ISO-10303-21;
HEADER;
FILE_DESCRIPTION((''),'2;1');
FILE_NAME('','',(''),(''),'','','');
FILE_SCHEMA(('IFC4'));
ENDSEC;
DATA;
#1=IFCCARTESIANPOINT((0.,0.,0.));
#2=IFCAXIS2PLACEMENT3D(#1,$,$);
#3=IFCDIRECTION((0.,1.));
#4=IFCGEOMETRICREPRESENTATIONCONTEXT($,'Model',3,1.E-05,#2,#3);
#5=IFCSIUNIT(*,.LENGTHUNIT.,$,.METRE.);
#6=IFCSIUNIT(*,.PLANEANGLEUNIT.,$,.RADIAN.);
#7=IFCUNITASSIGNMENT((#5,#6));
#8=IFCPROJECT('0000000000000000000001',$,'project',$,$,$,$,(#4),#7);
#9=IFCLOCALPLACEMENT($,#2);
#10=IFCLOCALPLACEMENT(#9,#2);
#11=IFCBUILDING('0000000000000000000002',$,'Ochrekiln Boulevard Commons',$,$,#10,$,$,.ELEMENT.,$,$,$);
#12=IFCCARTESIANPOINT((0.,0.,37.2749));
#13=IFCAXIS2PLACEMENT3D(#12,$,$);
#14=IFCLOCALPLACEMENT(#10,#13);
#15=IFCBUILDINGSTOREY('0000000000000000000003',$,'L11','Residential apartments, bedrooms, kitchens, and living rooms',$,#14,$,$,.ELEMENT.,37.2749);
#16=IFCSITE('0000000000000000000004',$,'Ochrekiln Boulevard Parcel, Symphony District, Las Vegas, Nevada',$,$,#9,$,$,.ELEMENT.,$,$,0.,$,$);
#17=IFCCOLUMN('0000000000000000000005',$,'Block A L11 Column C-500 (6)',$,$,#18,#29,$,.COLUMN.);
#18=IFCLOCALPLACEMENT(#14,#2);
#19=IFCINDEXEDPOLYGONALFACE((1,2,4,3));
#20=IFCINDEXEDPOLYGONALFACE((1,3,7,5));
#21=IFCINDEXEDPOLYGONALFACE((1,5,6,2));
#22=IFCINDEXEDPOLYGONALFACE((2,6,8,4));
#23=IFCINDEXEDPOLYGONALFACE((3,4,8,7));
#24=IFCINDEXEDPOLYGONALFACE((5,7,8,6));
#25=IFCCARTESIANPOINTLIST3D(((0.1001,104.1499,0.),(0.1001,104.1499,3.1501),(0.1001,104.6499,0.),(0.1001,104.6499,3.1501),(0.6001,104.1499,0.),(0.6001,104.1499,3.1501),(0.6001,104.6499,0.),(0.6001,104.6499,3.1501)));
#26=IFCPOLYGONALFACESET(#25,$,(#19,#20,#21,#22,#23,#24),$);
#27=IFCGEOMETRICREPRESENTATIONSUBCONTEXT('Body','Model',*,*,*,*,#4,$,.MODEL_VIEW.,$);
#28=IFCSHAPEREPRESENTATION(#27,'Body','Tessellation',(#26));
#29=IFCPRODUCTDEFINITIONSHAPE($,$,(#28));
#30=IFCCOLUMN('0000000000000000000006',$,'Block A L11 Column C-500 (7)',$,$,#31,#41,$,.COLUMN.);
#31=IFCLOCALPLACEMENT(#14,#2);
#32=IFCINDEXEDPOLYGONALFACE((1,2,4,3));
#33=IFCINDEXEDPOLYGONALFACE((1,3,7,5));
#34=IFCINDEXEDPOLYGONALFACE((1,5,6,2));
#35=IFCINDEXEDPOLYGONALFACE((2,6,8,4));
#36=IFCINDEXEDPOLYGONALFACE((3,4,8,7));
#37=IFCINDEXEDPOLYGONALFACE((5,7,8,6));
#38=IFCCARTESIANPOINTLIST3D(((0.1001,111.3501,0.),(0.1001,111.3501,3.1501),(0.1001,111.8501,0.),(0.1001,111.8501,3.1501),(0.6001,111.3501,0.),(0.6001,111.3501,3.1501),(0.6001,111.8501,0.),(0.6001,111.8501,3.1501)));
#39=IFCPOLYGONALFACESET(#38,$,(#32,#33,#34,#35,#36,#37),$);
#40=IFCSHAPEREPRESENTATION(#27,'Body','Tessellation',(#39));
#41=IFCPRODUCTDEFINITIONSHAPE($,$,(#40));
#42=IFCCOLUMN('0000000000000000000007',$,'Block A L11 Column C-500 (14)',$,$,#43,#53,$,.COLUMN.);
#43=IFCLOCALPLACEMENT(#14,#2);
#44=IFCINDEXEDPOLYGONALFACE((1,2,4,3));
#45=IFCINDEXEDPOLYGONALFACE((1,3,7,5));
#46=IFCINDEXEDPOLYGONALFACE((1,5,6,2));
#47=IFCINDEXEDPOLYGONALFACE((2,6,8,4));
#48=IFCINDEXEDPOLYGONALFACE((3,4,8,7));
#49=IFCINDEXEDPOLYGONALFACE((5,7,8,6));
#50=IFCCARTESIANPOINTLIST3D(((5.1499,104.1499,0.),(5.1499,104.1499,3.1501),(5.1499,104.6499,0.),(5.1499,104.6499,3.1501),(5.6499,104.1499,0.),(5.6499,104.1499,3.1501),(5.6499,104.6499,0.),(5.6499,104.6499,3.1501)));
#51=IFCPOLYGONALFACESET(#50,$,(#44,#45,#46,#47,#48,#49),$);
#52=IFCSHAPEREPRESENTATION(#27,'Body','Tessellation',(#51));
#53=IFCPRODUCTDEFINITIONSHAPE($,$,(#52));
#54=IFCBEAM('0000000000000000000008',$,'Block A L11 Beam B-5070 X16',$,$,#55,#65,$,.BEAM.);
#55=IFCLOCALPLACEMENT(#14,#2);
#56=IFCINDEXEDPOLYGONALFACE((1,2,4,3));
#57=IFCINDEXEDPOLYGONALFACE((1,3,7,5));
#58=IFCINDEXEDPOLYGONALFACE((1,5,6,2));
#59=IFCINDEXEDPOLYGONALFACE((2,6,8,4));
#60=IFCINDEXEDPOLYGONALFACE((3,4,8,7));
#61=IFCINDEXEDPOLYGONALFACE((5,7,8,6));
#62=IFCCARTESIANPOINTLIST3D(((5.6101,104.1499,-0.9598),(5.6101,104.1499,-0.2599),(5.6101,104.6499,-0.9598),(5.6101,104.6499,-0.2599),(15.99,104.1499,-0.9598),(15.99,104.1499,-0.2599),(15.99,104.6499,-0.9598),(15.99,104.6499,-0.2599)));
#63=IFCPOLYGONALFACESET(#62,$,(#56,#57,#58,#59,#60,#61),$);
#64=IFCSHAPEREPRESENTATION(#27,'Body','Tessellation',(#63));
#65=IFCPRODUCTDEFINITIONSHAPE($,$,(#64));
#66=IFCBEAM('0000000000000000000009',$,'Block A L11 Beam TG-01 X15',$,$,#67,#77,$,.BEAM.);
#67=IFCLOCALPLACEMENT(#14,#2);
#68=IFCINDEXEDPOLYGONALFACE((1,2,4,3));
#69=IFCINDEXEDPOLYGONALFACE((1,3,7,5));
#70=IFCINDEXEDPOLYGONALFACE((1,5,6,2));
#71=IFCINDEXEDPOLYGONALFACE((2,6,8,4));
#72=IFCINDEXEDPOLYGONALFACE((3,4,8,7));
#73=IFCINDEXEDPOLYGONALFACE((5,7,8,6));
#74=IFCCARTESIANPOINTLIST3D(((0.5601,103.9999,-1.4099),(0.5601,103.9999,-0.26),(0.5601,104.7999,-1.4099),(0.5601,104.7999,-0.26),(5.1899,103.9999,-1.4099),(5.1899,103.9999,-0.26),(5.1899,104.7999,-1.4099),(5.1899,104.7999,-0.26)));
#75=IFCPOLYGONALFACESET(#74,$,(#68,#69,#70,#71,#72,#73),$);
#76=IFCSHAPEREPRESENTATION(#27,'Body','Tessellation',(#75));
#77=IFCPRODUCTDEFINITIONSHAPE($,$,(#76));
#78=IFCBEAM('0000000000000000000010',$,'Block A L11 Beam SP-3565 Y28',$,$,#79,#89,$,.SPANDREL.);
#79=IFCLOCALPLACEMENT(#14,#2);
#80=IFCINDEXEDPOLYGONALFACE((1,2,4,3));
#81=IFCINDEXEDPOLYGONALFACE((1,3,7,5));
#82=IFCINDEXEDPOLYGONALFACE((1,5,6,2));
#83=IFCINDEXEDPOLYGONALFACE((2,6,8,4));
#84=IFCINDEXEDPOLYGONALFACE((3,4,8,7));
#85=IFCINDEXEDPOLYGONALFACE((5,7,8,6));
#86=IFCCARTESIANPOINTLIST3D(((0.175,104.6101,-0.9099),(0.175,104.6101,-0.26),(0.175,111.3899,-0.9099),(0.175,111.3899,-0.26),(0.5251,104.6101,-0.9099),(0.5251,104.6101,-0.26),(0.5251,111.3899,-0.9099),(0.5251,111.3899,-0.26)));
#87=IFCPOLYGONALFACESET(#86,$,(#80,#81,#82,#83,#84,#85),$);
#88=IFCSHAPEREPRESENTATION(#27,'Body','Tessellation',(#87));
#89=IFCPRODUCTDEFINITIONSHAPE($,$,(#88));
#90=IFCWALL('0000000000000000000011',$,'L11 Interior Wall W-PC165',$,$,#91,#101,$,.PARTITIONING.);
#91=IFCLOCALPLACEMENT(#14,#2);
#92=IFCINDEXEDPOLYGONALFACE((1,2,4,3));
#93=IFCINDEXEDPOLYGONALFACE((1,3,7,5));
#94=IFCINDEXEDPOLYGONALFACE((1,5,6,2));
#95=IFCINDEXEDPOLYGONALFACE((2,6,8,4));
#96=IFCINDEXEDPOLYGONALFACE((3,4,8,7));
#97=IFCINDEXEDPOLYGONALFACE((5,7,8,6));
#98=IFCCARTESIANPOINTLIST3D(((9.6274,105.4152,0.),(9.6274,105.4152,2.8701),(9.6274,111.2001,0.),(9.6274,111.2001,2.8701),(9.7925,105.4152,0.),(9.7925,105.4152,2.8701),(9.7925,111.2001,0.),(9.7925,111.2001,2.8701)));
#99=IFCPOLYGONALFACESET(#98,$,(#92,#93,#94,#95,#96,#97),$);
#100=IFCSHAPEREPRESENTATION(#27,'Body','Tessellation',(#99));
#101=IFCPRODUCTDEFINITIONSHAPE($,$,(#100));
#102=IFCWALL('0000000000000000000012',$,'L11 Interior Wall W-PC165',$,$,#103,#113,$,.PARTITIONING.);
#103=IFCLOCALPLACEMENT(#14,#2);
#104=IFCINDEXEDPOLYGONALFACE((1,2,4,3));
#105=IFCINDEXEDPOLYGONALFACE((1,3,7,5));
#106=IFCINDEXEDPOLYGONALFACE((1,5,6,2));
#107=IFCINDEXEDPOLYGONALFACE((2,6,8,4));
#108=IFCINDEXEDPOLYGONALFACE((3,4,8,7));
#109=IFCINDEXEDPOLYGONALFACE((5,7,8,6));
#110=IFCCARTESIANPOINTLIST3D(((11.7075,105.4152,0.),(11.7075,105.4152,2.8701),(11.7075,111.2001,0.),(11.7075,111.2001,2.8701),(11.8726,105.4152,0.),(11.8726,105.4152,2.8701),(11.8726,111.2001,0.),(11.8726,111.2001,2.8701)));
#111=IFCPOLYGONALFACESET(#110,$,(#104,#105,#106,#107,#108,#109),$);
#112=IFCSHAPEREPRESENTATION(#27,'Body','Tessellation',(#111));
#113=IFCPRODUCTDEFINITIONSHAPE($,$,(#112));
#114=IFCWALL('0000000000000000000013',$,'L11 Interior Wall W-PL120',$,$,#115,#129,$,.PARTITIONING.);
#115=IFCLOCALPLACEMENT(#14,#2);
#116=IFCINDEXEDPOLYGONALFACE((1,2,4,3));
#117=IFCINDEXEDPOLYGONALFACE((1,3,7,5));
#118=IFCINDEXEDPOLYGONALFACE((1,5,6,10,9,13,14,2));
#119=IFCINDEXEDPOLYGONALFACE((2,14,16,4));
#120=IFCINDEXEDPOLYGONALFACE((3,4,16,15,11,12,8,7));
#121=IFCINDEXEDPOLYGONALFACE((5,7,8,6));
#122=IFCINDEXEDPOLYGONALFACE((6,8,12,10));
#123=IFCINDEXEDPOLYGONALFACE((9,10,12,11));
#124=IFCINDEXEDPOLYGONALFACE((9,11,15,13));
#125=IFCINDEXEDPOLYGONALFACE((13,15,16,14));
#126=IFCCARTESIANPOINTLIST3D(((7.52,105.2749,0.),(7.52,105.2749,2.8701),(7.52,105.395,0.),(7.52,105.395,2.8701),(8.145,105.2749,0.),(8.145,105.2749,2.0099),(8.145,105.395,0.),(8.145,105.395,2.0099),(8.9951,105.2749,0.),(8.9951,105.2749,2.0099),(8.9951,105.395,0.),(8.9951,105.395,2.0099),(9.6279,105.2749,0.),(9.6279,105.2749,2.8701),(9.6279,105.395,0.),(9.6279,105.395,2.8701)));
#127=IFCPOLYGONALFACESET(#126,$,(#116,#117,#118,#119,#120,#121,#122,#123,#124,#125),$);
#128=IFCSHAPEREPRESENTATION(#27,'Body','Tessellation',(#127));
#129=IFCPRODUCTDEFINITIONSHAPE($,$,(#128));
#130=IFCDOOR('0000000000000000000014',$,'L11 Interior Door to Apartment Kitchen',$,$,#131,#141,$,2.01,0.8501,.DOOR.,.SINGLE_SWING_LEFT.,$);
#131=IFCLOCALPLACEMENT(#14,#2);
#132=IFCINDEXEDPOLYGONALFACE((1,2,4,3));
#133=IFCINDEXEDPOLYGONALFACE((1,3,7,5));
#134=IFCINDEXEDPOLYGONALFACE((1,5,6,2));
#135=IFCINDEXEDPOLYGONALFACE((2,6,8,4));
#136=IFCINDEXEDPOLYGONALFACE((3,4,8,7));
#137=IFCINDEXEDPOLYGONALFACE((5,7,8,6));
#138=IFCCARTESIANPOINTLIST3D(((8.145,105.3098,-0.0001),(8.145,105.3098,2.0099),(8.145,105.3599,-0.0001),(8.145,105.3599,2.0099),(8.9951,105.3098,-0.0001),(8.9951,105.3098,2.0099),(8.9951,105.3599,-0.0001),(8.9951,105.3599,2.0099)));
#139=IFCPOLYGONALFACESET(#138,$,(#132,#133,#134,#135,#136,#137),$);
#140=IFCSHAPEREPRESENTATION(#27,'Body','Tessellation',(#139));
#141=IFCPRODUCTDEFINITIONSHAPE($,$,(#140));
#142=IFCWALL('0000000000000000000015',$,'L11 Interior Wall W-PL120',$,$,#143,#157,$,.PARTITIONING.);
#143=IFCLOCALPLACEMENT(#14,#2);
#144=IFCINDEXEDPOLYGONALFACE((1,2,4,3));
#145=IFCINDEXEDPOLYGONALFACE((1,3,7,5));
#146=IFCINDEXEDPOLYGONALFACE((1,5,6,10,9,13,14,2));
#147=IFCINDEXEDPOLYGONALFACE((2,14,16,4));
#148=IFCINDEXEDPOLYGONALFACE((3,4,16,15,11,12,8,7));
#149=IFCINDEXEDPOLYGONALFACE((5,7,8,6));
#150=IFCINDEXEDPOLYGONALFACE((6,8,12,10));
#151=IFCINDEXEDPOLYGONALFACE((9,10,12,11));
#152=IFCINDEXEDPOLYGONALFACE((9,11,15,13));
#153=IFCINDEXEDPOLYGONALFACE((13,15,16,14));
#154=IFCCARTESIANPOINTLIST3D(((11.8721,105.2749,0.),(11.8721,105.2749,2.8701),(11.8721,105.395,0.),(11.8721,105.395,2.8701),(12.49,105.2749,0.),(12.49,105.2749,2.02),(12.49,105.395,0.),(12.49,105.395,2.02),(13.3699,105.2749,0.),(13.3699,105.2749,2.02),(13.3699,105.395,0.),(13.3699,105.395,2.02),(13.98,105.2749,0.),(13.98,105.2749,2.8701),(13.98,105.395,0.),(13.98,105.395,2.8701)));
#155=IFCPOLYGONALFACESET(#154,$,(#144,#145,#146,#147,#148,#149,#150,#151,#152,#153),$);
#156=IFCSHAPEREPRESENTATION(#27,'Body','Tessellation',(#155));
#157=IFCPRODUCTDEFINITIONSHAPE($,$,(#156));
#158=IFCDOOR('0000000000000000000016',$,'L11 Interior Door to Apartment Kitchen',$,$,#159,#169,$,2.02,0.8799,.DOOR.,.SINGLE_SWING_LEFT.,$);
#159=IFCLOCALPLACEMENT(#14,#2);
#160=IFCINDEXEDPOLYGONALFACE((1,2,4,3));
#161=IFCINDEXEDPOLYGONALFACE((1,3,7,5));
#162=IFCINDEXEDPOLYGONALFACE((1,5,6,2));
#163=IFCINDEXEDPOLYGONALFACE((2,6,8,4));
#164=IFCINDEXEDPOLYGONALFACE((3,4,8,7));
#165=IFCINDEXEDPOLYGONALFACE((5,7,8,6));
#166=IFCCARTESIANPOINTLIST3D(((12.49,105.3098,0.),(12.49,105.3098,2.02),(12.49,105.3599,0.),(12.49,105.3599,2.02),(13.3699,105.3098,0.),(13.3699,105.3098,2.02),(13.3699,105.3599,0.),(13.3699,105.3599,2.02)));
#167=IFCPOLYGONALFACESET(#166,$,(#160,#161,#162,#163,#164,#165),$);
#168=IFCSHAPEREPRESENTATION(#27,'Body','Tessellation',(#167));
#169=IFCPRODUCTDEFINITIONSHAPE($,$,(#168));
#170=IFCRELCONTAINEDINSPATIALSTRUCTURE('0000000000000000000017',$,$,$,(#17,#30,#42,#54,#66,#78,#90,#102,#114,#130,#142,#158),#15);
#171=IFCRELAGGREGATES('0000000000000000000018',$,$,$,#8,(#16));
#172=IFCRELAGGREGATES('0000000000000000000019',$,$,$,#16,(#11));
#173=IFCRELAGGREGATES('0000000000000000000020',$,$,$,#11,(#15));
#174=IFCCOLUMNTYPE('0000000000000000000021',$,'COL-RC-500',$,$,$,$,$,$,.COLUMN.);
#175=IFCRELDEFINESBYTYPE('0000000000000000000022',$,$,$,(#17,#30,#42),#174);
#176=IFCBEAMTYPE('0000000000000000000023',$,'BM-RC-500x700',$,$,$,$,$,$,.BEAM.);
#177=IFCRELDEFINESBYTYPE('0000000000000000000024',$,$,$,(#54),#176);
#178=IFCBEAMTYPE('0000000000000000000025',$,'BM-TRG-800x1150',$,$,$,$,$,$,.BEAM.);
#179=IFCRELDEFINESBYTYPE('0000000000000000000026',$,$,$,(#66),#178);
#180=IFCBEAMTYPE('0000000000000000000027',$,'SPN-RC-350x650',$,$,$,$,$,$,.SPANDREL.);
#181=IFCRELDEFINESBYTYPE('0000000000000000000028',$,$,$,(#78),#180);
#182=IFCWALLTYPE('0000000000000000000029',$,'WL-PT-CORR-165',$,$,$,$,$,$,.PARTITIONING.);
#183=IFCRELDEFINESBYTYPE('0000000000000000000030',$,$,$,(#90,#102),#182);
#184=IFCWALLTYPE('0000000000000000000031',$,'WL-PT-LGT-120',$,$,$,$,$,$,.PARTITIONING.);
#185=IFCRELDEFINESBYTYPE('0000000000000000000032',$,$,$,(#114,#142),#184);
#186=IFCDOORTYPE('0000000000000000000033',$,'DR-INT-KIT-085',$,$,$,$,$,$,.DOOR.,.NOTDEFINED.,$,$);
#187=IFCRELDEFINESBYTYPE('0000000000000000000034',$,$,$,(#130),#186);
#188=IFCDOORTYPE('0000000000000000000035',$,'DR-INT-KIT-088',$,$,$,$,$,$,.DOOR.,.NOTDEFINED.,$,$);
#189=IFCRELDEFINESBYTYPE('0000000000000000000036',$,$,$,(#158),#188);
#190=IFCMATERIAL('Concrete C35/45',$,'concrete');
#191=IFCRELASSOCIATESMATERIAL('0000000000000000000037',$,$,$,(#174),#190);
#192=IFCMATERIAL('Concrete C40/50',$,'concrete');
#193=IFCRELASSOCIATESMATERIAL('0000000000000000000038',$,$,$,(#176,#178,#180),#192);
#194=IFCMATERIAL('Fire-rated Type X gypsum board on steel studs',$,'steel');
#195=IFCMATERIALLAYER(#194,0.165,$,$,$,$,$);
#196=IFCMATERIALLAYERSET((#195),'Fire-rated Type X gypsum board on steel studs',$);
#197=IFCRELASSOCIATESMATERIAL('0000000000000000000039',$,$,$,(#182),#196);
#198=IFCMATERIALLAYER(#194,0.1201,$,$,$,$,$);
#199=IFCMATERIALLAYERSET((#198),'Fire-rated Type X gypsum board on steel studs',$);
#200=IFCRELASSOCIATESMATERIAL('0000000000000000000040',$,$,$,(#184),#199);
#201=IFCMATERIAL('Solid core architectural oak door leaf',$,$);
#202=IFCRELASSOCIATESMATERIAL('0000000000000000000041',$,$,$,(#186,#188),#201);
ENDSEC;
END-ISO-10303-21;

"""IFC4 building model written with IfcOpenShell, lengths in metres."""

from ifc_helpers import new_model, si_unit, direction, frame, frame_2d, origin, origin_2d, place, context, subcontext, project, spatial, rectangle, extrude, material, layer, layer_set, material_profile, profile_set, type_object, element, fill, save


model = new_model("IFC4")

# Units and contexts
model_context = context("Model", 3, precision=1e-05, world=origin(), true_north=direction((0.0, 1.0)))
body_context = subcontext(model_context, "Body", "Model", "MODEL_VIEW")
ifc_project = project(units=[si_unit("LENGTHUNIT", "METRE"), si_unit("PLANEANGLEUNIT", "RADIAN")], contexts=[model_context])

# Site, building, storey
site_placement = place(None, origin())
site = spatial("IfcSite", under=ifc_project, at=site_placement, Name="Ochrekiln Boulevard Parcel, Symphony District, Las Vegas, Nevada", CompositionType="ELEMENT", RefElevation=0.0)
building_placement = place(site_placement, origin())
building = spatial("IfcBuilding", under=site, at=building_placement, Name="Ochrekiln Boulevard Commons", CompositionType="ELEMENT")
storey_placement = place(building_placement, frame((0.0, 0.0, 37.2749)))
storey = spatial("IfcBuildingStorey", under=building, at=storey_placement, Name="L11", Description="Residential apartments, bedrooms, kitchens, and living rooms", CompositionType="ELEMENT", Elevation=37.2749)

# Columns
ifc_material_1 = material(Name="Concrete C35/45", Category="concrete")
ifc_material_profile_1 = material_profile(ifc_material_1, rectangle(XDim=0.5, YDim=0.5, at=origin_2d()), Name="RC-COL-500x500")
ifc_profile_set_1 = profile_set([ifc_material_profile_1], Name="Concrete C35/45")
column_type = type_object("IfcColumnType", Name="COL-RC-500", PredefinedType="COLUMN", material=ifc_profile_set_1)
for number, where, z_axis, x_axis, name in (
    (1, (0.3501, 104.3999, 0.0), (0.0, 0.0, 1.0), (1.0, 0.0, 0.0), "Block A L11 Column C-500 (6)"),
    (2, (0.3501, 111.6001, 0.0), (0.0, 0.0, 1.0), (1.0, 0.0, 0.0), "Block A L11 Column C-500 (7)"),
    (3, (5.3999, 104.3999, 0.0), (0.0, 0.0, 1.0), (1.0, 0.0, 0.0), "Block A L11 Column C-500 (14)"),
):
    element("IfcColumn", number, at=place(storey_placement, frame(where, z_axis=z_axis, x_axis=x_axis)), inside=storey, type_object=column_type, Name=name, PredefinedType="COLUMN", context=body_context, shape_type="SweptSolid", body=[
        extrude(rectangle(XDim=0.5, YDim=0.5, at=origin_2d()), origin(), (0.0, 0.0, 1.0), 3.1501),
    ])

# Beams
ifc_material_2 = material(Name="Concrete C40/50", Category="concrete")
ifc_material_profile_2 = material_profile(ifc_material_2, rectangle(XDim=0.5, YDim=0.7, at=origin_2d()), Name="RC-BM-500x700")
ifc_profile_set_2 = profile_set([ifc_material_profile_2], Name="Concrete C40/50")
beam_type_1 = type_object("IfcBeamType", Name="BM-RC-500x700", PredefinedType="BEAM", material=ifc_profile_set_2)
beam_1_placement = place(storey_placement, frame((5.6101, 104.3999, -0.6099), z_axis=(1.0, 0.0, 0.0), x_axis=(0.0, 1.0, 0.0)))
element("IfcBeam", 4, at=beam_1_placement, inside=storey, type_object=beam_type_1, Name="Block A L11 Beam B-5070 X16", PredefinedType="BEAM", context=body_context, shape_type="SweptSolid", body=[
    extrude(rectangle(XDim=0.5, YDim=0.7, at=origin_2d()), origin(), (0.0, 0.0, 1.0), 10.3799),
])
ifc_material_profile_3 = material_profile(ifc_material_2, rectangle(XDim=0.8, YDim=1.1499, at=origin_2d()), Name="RC-TRG-800x1150")
ifc_profile_set_3 = profile_set([ifc_material_profile_3], Name="Concrete C40/50")
beam_type_2 = type_object("IfcBeamType", Name="BM-TRG-800x1150", PredefinedType="BEAM", material=ifc_profile_set_3)
beam_2_placement = place(storey_placement, frame((0.5601, 104.3999, -0.835), z_axis=(1.0, 0.0, 0.0), x_axis=(0.0, 1.0, 0.0)))
element("IfcBeam", 5, at=beam_2_placement, inside=storey, type_object=beam_type_2, Name="Block A L11 Beam TG-01 X15", PredefinedType="BEAM", context=body_context, shape_type="SweptSolid", body=[
    extrude(rectangle(XDim=0.8, YDim=1.1499, at=origin_2d()), origin(), (0.0, 0.0, 1.0), 4.6299),
])
ifc_material_profile_4 = material_profile(ifc_material_2, rectangle(XDim=0.3501, YDim=0.6499, at=origin_2d()), Name="RC-SPN-350x650")
ifc_profile_set_4 = profile_set([ifc_material_profile_4], Name="Concrete C40/50")
beam_type_3 = type_object("IfcBeamType", Name="SPN-RC-350x650", PredefinedType="SPANDREL", material=ifc_profile_set_4)
beam_3_placement = place(storey_placement, frame((0.3501, 104.6101, -0.585), z_axis=(0.0, 1.0, 0.0), x_axis=(-1.0, 0.0, 0.0)))
element("IfcBeam", 6, at=beam_3_placement, inside=storey, type_object=beam_type_3, Name="Block A L11 Beam SP-3565 Y28", PredefinedType="SPANDREL", context=body_context, shape_type="SweptSolid", body=[
    extrude(rectangle(XDim=0.3501, YDim=0.6499, at=origin_2d()), origin(), (0.0, 0.0, 1.0), 6.7798),
])

# Walls
ifc_material_3 = material(Name="Fire-rated Type X gypsum board on steel studs", Category="steel")
ifc_layer_1 = layer(ifc_material_3, 0.165)
ifc_layer_set_1 = layer_set([ifc_layer_1], Name="Fire-rated Type X gypsum board on steel studs")
wall_type_1 = type_object("IfcWallType", Name="WL-PT-CORR-165", PredefinedType="PARTITIONING", material=ifc_layer_set_1)
for number, where, z_axis, x_axis, name in (
    (7, (9.71, 105.415, 0.0), (0.0, 0.0, 1.0), (0.0, 1.0, 0.0), "L11 Interior Wall W-PC165"),
    (8, (11.79, 105.415, 0.0), (0.0, 0.0, 1.0), (0.0, 1.0, 0.0), "L11 Interior Wall W-PC165"),
):
    element("IfcWall", number, at=place(storey_placement, frame(where, z_axis=z_axis, x_axis=x_axis)), inside=storey, type_object=wall_type_1, Name=name, PredefinedType="PARTITIONING", context=body_context, shape_type="SweptSolid", body=[
        extrude(rectangle(XDim=5.7849, YDim=0.165, at=frame_2d((2.8926, 0.0))), origin(), (0.0, 0.0, 1.0), 2.8701),
    ])

# Walls, openings, doors
ifc_layer_2 = layer(ifc_material_3, 0.1201)
ifc_layer_set_2 = layer_set([ifc_layer_2], Name="Fire-rated Type X gypsum board on steel studs")
wall_type_2 = type_object("IfcWallType", Name="WL-PT-LGT-120", PredefinedType="PARTITIONING", material=ifc_layer_set_2)
wall_1_placement = place(storey_placement, frame((7.52, 105.335, 0.0), z_axis=(0.0, 0.0, 1.0), x_axis=(1.0, 0.0, 0.0)))
wall_1 = element("IfcWall", 9, at=wall_1_placement, inside=storey, type_object=wall_type_2, Name="L11 Interior Wall W-PL120", PredefinedType="PARTITIONING", context=body_context, shape_type="SweptSolid", body=[
    extrude(rectangle(XDim=2.1079, YDim=0.1201, at=frame_2d((1.054, 0.0))), origin(), (0.0, 0.0, 1.0), 2.8701),
])
opening_1_placement = place(wall_1_placement, frame((0.625, 0.0, 0.0)))
opening_1 = element("IfcOpeningElement", 10, at=opening_1_placement, cuts=wall_1, PredefinedType="OPENING", context=body_context, shape_type="SweptSolid", body=[
    extrude(rectangle(XDim=0.8501, YDim=2.01, at=frame_2d((0.425, 1.0049))), frame((0.0, 0.0701, 0.0), z_axis=(0.0, -1.0, 0.0), x_axis=(1.0, 0.0, 0.0)), (0.0, 0.0, 1.0), 0.1401),
])
ifc_material_4 = material(Name="Solid core architectural oak door leaf")
door_type_1 = type_object("IfcDoorType", Name="DR-INT-KIT-085", OperationType="NOTDEFINED", PredefinedType="DOOR", material=ifc_material_4)
door_1_placement = place(opening_1_placement, origin())
door_1 = element("IfcDoor", 11, at=door_1_placement, inside=storey, type_object=door_type_1, Name="L11 Interior Door to Apartment Kitchen", OperationType="SINGLE_SWING_LEFT", OverallHeight=2.01, OverallWidth=0.8501, PredefinedType="DOOR", context=body_context, shape_type="SweptSolid", body=[
    extrude(rectangle(XDim=0.8501, YDim=2.01, at=frame_2d((0.425, 1.0049))), frame((0.0, 0.0249, 0.0), z_axis=(0.0, -1.0, 0.0), x_axis=(1.0, 0.0, 0.0)), (0.0, 0.0, 1.0), 0.05),
])
fill(opening_1, door_1)
wall_2_placement = place(storey_placement, frame((11.8721, 105.335, 0.0), z_axis=(0.0, 0.0, 1.0), x_axis=(1.0, 0.0, 0.0)))
wall_2 = element("IfcWall", 12, at=wall_2_placement, inside=storey, type_object=wall_type_2, Name="L11 Interior Wall W-PL120", PredefinedType="PARTITIONING", context=body_context, shape_type="SweptSolid", body=[
    extrude(rectangle(XDim=2.1079, YDim=0.1201, at=frame_2d((1.054, 0.0))), origin(), (0.0, 0.0, 1.0), 2.8701),
])
opening_2_placement = place(wall_2_placement, frame((0.6179, 0.0, 0.0)))
opening_2 = element("IfcOpeningElement", 13, at=opening_2_placement, cuts=wall_2, PredefinedType="OPENING", context=body_context, shape_type="SweptSolid", body=[
    extrude(rectangle(XDim=0.8799, YDim=2.02, at=frame_2d((0.4399, 1.01))), frame((0.0, 0.0701, 0.0), z_axis=(0.0, -1.0, 0.0), x_axis=(1.0, 0.0, 0.0)), (0.0, 0.0, 1.0), 0.1401),
])
door_type_2 = type_object("IfcDoorType", Name="DR-INT-KIT-088", OperationType="NOTDEFINED", PredefinedType="DOOR", material=ifc_material_4)
door_2_placement = place(opening_2_placement, origin())
door_2 = element("IfcDoor", 14, at=door_2_placement, inside=storey, type_object=door_type_2, Name="L11 Interior Door to Apartment Kitchen", OperationType="SINGLE_SWING_LEFT", OverallHeight=2.02, OverallWidth=0.8799, PredefinedType="DOOR", context=body_context, shape_type="SweptSolid", body=[
    extrude(rectangle(XDim=0.8799, YDim=2.02, at=frame_2d((0.4399, 1.01))), frame((0.0, 0.0249, 0.0), z_axis=(0.0, -1.0, 0.0), x_axis=(1.0, 0.0, 0.0)), (0.0, 0.0, 1.0), 0.05),
])
fill(opening_2, door_2)

save(model, "model.ifc")
